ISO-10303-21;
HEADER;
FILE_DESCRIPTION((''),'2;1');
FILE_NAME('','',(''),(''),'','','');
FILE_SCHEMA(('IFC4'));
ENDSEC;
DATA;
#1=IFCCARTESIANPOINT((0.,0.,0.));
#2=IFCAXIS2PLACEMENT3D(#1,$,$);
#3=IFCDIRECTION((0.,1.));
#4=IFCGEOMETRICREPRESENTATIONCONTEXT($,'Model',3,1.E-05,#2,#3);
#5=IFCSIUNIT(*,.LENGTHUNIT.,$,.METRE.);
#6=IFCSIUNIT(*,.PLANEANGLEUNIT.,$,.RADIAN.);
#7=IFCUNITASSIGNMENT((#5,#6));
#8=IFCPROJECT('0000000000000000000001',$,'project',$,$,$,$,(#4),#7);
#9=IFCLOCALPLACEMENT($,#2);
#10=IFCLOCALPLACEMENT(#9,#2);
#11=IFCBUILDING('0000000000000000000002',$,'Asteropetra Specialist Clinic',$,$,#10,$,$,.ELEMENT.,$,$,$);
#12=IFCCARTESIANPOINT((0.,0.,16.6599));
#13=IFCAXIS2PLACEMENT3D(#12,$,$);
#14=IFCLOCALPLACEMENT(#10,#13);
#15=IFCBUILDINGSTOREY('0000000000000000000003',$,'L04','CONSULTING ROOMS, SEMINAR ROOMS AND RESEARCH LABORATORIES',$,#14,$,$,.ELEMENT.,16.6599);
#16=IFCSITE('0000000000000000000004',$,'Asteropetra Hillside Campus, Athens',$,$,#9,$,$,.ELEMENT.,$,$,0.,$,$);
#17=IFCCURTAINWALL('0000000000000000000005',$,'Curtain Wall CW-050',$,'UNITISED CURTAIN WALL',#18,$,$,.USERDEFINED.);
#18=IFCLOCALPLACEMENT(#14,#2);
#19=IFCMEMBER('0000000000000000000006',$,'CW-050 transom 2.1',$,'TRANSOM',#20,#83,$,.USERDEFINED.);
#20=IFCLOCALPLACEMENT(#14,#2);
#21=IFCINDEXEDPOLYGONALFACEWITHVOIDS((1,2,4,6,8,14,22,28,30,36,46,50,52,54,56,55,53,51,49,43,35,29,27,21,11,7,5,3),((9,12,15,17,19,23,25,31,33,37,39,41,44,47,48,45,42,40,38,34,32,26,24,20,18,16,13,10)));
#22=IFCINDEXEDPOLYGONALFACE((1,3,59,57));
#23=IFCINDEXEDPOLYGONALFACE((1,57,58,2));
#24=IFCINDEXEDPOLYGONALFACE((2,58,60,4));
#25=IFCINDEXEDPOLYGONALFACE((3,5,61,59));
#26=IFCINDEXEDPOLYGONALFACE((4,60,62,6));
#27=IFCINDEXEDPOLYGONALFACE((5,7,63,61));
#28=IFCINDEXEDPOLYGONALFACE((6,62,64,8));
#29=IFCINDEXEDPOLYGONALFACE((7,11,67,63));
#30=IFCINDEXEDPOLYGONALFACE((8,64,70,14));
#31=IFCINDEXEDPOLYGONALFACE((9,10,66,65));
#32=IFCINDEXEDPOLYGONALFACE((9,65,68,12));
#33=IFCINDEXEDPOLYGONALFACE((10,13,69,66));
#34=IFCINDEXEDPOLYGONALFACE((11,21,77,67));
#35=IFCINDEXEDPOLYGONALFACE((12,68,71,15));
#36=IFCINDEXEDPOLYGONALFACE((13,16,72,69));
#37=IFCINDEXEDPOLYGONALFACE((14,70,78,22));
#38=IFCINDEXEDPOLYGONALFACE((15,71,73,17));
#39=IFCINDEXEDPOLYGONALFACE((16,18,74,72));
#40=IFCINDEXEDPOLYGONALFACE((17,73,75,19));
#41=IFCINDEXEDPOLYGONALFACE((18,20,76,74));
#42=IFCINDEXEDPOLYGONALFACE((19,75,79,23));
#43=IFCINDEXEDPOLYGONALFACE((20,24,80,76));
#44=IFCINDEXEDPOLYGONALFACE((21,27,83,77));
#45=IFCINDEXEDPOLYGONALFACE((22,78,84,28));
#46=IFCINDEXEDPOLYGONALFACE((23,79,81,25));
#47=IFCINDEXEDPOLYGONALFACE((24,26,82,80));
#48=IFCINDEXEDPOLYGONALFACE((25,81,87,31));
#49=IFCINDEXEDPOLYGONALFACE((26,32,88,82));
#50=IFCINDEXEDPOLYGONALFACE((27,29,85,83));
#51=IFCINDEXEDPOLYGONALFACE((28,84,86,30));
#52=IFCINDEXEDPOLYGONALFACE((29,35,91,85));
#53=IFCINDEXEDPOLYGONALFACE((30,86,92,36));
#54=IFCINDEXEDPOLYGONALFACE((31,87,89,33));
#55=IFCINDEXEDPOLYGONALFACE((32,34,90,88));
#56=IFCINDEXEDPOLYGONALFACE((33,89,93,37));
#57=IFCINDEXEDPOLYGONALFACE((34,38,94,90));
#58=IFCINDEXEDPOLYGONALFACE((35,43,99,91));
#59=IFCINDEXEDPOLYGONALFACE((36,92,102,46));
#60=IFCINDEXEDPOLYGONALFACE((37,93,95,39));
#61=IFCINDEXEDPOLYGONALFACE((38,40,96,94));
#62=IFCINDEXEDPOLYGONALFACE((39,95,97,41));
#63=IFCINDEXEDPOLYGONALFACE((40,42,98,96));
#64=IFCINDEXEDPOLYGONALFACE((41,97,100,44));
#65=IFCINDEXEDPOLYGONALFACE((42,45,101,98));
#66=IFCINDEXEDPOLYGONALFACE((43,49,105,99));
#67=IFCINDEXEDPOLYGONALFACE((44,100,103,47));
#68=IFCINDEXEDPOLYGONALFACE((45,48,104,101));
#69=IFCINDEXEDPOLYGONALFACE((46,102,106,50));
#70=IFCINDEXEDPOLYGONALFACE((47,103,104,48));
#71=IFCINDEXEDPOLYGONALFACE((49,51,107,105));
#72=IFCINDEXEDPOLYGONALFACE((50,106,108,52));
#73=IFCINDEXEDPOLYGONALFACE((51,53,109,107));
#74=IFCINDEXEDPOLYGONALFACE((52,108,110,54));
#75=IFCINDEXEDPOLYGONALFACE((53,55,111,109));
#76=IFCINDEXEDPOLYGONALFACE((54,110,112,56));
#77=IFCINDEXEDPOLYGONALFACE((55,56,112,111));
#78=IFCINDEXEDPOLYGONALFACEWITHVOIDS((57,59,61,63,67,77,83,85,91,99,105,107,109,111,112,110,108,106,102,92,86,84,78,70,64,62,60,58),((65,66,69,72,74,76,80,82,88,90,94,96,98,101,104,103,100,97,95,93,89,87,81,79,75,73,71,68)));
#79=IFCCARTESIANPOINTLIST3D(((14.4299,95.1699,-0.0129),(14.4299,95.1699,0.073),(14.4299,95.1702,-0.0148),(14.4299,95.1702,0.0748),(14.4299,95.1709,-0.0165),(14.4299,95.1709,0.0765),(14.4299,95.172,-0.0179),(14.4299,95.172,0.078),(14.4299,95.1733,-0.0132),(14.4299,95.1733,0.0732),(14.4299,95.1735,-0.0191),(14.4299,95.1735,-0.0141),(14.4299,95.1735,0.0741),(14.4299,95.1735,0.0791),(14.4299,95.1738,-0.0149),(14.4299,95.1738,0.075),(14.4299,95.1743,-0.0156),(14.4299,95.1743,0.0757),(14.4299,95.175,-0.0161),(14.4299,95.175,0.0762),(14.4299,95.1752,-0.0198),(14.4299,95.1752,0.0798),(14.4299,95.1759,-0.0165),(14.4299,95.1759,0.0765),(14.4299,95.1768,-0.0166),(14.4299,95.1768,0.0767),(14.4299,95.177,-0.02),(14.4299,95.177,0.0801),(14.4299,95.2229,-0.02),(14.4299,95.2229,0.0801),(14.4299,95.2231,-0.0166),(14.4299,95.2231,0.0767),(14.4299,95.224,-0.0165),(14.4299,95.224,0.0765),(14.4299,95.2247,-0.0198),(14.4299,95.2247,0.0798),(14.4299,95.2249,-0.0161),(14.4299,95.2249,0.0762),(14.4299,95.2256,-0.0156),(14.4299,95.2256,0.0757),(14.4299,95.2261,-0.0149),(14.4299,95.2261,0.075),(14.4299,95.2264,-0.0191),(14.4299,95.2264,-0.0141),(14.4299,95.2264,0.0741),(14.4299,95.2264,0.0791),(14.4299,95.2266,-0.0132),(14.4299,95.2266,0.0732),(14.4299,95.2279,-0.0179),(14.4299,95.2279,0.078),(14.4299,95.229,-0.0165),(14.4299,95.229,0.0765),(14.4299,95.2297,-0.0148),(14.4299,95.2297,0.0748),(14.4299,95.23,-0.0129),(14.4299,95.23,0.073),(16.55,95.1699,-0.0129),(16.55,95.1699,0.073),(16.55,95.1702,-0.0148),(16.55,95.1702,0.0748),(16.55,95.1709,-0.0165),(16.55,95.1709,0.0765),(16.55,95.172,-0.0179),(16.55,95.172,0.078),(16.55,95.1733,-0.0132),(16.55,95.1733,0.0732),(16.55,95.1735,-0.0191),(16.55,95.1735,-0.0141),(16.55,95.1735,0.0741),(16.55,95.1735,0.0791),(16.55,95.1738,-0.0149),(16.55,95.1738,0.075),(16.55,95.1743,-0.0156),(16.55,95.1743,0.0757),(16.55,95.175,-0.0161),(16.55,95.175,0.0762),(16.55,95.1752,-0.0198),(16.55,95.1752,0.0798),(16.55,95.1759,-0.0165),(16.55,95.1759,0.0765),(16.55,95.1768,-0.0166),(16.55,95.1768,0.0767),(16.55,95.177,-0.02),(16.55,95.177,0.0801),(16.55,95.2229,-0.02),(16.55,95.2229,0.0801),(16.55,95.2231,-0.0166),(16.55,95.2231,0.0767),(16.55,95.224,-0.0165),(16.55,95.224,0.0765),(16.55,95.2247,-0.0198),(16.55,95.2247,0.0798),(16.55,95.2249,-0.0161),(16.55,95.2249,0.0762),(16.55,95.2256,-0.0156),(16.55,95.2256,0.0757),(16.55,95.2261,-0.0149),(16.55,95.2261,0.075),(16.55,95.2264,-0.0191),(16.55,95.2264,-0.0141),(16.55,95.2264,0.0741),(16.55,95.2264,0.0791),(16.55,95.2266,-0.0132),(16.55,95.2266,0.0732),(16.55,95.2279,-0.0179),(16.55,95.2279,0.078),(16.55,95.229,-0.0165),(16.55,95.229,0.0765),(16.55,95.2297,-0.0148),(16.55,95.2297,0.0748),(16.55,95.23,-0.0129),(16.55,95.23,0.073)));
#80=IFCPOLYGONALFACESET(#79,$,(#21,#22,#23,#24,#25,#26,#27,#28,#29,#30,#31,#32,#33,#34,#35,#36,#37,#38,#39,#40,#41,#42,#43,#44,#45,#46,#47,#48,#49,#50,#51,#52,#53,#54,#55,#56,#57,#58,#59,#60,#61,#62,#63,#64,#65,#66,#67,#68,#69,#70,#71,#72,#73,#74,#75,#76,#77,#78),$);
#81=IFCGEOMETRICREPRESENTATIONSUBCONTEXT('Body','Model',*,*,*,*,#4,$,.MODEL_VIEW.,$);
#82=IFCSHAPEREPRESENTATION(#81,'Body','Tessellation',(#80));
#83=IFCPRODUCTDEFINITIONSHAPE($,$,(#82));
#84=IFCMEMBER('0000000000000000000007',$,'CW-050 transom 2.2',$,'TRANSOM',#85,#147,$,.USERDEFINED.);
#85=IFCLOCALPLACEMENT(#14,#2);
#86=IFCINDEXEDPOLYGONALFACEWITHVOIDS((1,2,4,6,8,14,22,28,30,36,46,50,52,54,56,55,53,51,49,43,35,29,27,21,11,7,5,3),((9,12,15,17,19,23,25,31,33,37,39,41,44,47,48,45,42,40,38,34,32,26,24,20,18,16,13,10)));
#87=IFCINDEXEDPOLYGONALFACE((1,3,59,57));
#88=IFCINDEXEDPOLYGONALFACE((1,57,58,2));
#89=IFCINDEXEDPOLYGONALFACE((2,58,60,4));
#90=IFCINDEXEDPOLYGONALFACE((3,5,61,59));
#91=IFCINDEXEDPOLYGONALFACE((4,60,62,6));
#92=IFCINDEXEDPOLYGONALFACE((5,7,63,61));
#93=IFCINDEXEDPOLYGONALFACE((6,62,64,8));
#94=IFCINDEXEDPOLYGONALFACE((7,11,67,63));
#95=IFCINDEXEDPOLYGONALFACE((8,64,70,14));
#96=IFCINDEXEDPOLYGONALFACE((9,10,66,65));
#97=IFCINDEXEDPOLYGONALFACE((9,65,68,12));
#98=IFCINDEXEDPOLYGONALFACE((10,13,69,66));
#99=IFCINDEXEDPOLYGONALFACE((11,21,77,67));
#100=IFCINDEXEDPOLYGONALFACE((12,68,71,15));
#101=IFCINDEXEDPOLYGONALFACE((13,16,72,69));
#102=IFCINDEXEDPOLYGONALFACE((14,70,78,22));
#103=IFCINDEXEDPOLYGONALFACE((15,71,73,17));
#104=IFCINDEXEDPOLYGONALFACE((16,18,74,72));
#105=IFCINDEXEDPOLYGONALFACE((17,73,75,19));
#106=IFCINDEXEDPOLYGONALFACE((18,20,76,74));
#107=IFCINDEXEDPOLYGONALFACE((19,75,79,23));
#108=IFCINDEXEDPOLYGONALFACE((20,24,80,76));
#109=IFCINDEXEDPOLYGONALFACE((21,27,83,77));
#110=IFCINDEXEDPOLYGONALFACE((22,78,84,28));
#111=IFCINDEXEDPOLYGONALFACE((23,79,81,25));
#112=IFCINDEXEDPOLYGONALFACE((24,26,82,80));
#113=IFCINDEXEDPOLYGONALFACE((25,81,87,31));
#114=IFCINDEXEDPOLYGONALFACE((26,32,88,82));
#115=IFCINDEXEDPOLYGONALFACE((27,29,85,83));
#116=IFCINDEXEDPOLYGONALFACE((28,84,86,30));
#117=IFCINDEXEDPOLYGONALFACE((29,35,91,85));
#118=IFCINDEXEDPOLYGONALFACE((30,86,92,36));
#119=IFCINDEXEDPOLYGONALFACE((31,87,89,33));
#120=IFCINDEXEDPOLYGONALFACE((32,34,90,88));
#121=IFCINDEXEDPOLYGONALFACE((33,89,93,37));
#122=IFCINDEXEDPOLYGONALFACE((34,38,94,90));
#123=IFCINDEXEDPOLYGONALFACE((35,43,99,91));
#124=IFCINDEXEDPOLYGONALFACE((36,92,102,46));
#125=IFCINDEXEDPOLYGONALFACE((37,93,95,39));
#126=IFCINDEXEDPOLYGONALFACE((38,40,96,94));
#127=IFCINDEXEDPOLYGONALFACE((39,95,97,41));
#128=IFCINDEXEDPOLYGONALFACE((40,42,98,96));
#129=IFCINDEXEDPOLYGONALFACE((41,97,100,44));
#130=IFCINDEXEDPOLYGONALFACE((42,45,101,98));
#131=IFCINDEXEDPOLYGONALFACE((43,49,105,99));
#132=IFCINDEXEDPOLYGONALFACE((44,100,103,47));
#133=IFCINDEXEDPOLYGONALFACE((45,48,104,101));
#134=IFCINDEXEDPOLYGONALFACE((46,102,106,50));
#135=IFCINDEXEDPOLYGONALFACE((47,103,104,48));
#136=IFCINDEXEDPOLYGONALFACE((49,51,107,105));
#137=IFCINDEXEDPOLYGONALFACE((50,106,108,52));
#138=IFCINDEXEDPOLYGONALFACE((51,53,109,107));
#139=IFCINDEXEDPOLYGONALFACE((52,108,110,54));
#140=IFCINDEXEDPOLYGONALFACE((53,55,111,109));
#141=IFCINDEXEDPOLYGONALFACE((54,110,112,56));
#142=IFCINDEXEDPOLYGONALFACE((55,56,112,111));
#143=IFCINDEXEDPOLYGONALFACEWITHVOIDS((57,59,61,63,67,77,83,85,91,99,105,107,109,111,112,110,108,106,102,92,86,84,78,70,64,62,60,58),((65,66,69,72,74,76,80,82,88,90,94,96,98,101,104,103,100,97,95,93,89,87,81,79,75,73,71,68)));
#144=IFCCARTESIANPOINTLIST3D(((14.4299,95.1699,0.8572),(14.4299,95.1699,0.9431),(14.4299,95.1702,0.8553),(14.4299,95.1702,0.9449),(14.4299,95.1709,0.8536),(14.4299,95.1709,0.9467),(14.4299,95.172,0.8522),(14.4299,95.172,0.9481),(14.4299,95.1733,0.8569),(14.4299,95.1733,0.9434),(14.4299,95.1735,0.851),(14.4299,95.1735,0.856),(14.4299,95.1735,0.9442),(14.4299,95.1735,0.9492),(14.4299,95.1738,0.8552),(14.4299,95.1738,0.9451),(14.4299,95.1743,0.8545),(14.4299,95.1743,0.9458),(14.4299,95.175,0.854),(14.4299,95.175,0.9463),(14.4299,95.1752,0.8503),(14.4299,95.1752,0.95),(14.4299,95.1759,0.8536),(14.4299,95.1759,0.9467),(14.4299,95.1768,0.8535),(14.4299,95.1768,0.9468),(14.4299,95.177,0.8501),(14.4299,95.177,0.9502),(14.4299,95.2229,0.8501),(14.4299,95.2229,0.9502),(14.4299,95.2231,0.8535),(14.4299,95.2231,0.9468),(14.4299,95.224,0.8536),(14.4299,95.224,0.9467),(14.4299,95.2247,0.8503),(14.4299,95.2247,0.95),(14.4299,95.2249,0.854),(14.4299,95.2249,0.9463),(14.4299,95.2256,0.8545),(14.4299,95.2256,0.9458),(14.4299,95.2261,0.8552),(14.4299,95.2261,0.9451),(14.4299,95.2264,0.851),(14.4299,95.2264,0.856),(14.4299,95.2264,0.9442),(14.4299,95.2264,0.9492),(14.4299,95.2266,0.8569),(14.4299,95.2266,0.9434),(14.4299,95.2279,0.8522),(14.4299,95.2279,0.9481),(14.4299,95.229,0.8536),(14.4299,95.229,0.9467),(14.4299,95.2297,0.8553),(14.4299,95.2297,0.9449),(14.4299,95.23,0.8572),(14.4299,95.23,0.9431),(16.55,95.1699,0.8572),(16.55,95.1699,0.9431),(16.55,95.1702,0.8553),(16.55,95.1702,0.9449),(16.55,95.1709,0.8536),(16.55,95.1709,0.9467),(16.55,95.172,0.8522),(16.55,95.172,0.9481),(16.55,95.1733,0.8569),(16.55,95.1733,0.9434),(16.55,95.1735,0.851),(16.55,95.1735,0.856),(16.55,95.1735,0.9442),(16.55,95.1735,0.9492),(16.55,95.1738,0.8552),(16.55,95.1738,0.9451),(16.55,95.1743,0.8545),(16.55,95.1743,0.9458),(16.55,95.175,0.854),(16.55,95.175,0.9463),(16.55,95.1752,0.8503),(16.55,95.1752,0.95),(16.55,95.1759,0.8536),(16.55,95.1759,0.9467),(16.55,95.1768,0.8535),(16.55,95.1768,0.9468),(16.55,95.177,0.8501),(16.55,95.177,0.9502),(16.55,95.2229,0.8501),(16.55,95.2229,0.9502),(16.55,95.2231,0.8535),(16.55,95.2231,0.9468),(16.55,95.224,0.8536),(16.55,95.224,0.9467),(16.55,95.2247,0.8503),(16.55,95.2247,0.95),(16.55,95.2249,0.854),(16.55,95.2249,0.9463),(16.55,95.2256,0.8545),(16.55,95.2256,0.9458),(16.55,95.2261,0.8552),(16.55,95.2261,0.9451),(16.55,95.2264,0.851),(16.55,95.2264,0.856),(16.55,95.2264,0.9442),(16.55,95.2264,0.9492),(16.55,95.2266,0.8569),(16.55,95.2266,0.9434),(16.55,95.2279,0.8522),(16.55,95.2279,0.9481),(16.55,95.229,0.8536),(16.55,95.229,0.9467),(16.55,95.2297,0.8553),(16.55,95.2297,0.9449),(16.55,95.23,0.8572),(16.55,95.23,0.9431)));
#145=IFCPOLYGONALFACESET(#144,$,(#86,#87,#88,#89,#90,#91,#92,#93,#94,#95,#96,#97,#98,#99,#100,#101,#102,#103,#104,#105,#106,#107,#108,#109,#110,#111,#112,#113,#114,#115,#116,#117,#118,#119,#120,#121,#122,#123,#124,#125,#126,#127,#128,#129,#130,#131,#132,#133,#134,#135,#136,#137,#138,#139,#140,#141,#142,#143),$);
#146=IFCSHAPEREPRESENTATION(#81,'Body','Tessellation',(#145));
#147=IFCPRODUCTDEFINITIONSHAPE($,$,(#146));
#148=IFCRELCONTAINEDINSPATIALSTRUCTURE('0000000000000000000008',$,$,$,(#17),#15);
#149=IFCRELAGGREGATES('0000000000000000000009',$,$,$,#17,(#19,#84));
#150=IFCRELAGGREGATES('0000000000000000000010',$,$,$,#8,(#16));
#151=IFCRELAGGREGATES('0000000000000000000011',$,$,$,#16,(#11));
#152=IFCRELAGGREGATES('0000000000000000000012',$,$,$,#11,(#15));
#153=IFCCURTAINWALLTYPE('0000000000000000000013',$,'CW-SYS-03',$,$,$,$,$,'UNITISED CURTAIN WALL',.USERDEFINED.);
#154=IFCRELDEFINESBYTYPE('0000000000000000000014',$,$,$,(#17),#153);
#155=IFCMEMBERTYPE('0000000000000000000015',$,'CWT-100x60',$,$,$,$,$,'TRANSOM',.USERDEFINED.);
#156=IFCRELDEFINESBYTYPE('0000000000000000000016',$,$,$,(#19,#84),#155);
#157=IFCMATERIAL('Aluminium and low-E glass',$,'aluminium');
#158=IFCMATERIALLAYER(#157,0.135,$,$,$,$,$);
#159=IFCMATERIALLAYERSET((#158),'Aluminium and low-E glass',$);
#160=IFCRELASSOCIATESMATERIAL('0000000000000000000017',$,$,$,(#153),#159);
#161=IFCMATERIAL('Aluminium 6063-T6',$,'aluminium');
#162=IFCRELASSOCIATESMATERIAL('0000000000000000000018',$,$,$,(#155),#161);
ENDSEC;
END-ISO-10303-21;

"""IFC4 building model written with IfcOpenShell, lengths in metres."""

from ifc_helpers import new_model, si_unit, direction, frame, origin, origin_2d, place, context, subcontext, project, spatial, hollow_rectangle, extrude, material, layer, layer_set, material_profile, profile_set, type_object, element, aggregate, save


model = new_model("IFC4")

# Units and contexts
model_context = context("Model", 3, precision=1e-05, world=origin(), true_north=direction((0.0, 1.0)))
body_context = subcontext(model_context, "Body", "Model", "MODEL_VIEW")
ifc_project = project(units=[si_unit("LENGTHUNIT", "METRE"), si_unit("PLANEANGLEUNIT", "RADIAN")], contexts=[model_context])

# Site, building, storey
site_placement = place(None, origin())
site = spatial("IfcSite", under=ifc_project, at=site_placement, Name="Asteropetra Hillside Campus, Athens", CompositionType="ELEMENT", RefElevation=0.0)
building_placement = place(site_placement, origin())
building = spatial("IfcBuilding", under=site, at=building_placement, Name="Asteropetra Specialist Clinic", CompositionType="ELEMENT")
storey_placement = place(building_placement, frame((0.0, 0.0, 16.6599)))
storey = spatial("IfcBuildingStorey", under=building, at=storey_placement, Name="L04", Description="CONSULTING ROOMS, SEMINAR ROOMS AND RESEARCH LABORATORIES", CompositionType="ELEMENT", Elevation=16.6599)

# Curtain wall
ifc_material_1 = material(Name="Aluminium and low-E glass", Category="aluminium")
ifc_layer_1 = layer(ifc_material_1, 0.135)
ifc_layer_set_1 = layer_set([ifc_layer_1], Name="Aluminium and low-E glass")
curtain_wall_type_1 = type_object("IfcCurtainWallType", Name="CW-SYS-03", ElementType="UNITISED CURTAIN WALL", PredefinedType="USERDEFINED", material=ifc_layer_set_1)
curtain_wall_1_placement = place(storey_placement, origin())
curtain_wall_1 = element("IfcCurtainWall", 1, at=curtain_wall_1_placement, inside=storey, type_object=curtain_wall_type_1, Name="Curtain Wall CW-050", ObjectType="UNITISED CURTAIN WALL", PredefinedType="USERDEFINED")

# Members
ifc_material_2 = material(Name="Aluminium 6063-T6", Category="aluminium")
ifc_material_profile_1 = material_profile(ifc_material_2, hollow_rectangle(XDim=0.0601, YDim=0.1001, WallThickness=0.0034, InnerFilletRadius=0.0034, OuterFilletRadius=0.0071, at=origin_2d()), Name="TRN 100x60x3.5")
ifc_profile_set_1 = profile_set([ifc_material_profile_1], Name="Aluminium 6063-T6")
member_type_1 = type_object("IfcMemberType", Name="CWT-100x60", ElementType="TRANSOM", PredefinedType="USERDEFINED", material=ifc_profile_set_1)
member_1_placement = place(storey_placement, frame((16.55, 95.2, 0.03), z_axis=(-1.0, 0.0, 0.0), x_axis=(0.0, -1.0, 0.0)))
member_1 = element("IfcMember", 2, at=member_1_placement, type_object=member_type_1, Name="CW-050 transom 2.1", ObjectType="TRANSOM", PredefinedType="USERDEFINED", context=body_context, shape_type="SweptSolid", body=[
    extrude(hollow_rectangle(XDim=0.0601, YDim=0.1001, WallThickness=0.0034, InnerFilletRadius=0.0034, OuterFilletRadius=0.0071, at=origin_2d()), origin(), (0.0, 0.0, 1.0), 2.1201),
])
member_2_placement = place(storey_placement, frame((16.55, 95.2, 0.9001), z_axis=(-1.0, 0.0, 0.0), x_axis=(0.0, -1.0, 0.0)))
member_2 = element("IfcMember", 3, at=member_2_placement, type_object=member_type_1, Name="CW-050 transom 2.2", ObjectType="TRANSOM", PredefinedType="USERDEFINED", context=body_context, shape_type="SweptSolid", body=[
    extrude(hollow_rectangle(XDim=0.0601, YDim=0.1001, WallThickness=0.0034, InnerFilletRadius=0.0034, OuterFilletRadius=0.0071, at=origin_2d()), origin(), (0.0, 0.0, 1.0), 2.1201),
])

aggregate(curtain_wall_1, [member_1, member_2])

save(model, "model.ifc")
